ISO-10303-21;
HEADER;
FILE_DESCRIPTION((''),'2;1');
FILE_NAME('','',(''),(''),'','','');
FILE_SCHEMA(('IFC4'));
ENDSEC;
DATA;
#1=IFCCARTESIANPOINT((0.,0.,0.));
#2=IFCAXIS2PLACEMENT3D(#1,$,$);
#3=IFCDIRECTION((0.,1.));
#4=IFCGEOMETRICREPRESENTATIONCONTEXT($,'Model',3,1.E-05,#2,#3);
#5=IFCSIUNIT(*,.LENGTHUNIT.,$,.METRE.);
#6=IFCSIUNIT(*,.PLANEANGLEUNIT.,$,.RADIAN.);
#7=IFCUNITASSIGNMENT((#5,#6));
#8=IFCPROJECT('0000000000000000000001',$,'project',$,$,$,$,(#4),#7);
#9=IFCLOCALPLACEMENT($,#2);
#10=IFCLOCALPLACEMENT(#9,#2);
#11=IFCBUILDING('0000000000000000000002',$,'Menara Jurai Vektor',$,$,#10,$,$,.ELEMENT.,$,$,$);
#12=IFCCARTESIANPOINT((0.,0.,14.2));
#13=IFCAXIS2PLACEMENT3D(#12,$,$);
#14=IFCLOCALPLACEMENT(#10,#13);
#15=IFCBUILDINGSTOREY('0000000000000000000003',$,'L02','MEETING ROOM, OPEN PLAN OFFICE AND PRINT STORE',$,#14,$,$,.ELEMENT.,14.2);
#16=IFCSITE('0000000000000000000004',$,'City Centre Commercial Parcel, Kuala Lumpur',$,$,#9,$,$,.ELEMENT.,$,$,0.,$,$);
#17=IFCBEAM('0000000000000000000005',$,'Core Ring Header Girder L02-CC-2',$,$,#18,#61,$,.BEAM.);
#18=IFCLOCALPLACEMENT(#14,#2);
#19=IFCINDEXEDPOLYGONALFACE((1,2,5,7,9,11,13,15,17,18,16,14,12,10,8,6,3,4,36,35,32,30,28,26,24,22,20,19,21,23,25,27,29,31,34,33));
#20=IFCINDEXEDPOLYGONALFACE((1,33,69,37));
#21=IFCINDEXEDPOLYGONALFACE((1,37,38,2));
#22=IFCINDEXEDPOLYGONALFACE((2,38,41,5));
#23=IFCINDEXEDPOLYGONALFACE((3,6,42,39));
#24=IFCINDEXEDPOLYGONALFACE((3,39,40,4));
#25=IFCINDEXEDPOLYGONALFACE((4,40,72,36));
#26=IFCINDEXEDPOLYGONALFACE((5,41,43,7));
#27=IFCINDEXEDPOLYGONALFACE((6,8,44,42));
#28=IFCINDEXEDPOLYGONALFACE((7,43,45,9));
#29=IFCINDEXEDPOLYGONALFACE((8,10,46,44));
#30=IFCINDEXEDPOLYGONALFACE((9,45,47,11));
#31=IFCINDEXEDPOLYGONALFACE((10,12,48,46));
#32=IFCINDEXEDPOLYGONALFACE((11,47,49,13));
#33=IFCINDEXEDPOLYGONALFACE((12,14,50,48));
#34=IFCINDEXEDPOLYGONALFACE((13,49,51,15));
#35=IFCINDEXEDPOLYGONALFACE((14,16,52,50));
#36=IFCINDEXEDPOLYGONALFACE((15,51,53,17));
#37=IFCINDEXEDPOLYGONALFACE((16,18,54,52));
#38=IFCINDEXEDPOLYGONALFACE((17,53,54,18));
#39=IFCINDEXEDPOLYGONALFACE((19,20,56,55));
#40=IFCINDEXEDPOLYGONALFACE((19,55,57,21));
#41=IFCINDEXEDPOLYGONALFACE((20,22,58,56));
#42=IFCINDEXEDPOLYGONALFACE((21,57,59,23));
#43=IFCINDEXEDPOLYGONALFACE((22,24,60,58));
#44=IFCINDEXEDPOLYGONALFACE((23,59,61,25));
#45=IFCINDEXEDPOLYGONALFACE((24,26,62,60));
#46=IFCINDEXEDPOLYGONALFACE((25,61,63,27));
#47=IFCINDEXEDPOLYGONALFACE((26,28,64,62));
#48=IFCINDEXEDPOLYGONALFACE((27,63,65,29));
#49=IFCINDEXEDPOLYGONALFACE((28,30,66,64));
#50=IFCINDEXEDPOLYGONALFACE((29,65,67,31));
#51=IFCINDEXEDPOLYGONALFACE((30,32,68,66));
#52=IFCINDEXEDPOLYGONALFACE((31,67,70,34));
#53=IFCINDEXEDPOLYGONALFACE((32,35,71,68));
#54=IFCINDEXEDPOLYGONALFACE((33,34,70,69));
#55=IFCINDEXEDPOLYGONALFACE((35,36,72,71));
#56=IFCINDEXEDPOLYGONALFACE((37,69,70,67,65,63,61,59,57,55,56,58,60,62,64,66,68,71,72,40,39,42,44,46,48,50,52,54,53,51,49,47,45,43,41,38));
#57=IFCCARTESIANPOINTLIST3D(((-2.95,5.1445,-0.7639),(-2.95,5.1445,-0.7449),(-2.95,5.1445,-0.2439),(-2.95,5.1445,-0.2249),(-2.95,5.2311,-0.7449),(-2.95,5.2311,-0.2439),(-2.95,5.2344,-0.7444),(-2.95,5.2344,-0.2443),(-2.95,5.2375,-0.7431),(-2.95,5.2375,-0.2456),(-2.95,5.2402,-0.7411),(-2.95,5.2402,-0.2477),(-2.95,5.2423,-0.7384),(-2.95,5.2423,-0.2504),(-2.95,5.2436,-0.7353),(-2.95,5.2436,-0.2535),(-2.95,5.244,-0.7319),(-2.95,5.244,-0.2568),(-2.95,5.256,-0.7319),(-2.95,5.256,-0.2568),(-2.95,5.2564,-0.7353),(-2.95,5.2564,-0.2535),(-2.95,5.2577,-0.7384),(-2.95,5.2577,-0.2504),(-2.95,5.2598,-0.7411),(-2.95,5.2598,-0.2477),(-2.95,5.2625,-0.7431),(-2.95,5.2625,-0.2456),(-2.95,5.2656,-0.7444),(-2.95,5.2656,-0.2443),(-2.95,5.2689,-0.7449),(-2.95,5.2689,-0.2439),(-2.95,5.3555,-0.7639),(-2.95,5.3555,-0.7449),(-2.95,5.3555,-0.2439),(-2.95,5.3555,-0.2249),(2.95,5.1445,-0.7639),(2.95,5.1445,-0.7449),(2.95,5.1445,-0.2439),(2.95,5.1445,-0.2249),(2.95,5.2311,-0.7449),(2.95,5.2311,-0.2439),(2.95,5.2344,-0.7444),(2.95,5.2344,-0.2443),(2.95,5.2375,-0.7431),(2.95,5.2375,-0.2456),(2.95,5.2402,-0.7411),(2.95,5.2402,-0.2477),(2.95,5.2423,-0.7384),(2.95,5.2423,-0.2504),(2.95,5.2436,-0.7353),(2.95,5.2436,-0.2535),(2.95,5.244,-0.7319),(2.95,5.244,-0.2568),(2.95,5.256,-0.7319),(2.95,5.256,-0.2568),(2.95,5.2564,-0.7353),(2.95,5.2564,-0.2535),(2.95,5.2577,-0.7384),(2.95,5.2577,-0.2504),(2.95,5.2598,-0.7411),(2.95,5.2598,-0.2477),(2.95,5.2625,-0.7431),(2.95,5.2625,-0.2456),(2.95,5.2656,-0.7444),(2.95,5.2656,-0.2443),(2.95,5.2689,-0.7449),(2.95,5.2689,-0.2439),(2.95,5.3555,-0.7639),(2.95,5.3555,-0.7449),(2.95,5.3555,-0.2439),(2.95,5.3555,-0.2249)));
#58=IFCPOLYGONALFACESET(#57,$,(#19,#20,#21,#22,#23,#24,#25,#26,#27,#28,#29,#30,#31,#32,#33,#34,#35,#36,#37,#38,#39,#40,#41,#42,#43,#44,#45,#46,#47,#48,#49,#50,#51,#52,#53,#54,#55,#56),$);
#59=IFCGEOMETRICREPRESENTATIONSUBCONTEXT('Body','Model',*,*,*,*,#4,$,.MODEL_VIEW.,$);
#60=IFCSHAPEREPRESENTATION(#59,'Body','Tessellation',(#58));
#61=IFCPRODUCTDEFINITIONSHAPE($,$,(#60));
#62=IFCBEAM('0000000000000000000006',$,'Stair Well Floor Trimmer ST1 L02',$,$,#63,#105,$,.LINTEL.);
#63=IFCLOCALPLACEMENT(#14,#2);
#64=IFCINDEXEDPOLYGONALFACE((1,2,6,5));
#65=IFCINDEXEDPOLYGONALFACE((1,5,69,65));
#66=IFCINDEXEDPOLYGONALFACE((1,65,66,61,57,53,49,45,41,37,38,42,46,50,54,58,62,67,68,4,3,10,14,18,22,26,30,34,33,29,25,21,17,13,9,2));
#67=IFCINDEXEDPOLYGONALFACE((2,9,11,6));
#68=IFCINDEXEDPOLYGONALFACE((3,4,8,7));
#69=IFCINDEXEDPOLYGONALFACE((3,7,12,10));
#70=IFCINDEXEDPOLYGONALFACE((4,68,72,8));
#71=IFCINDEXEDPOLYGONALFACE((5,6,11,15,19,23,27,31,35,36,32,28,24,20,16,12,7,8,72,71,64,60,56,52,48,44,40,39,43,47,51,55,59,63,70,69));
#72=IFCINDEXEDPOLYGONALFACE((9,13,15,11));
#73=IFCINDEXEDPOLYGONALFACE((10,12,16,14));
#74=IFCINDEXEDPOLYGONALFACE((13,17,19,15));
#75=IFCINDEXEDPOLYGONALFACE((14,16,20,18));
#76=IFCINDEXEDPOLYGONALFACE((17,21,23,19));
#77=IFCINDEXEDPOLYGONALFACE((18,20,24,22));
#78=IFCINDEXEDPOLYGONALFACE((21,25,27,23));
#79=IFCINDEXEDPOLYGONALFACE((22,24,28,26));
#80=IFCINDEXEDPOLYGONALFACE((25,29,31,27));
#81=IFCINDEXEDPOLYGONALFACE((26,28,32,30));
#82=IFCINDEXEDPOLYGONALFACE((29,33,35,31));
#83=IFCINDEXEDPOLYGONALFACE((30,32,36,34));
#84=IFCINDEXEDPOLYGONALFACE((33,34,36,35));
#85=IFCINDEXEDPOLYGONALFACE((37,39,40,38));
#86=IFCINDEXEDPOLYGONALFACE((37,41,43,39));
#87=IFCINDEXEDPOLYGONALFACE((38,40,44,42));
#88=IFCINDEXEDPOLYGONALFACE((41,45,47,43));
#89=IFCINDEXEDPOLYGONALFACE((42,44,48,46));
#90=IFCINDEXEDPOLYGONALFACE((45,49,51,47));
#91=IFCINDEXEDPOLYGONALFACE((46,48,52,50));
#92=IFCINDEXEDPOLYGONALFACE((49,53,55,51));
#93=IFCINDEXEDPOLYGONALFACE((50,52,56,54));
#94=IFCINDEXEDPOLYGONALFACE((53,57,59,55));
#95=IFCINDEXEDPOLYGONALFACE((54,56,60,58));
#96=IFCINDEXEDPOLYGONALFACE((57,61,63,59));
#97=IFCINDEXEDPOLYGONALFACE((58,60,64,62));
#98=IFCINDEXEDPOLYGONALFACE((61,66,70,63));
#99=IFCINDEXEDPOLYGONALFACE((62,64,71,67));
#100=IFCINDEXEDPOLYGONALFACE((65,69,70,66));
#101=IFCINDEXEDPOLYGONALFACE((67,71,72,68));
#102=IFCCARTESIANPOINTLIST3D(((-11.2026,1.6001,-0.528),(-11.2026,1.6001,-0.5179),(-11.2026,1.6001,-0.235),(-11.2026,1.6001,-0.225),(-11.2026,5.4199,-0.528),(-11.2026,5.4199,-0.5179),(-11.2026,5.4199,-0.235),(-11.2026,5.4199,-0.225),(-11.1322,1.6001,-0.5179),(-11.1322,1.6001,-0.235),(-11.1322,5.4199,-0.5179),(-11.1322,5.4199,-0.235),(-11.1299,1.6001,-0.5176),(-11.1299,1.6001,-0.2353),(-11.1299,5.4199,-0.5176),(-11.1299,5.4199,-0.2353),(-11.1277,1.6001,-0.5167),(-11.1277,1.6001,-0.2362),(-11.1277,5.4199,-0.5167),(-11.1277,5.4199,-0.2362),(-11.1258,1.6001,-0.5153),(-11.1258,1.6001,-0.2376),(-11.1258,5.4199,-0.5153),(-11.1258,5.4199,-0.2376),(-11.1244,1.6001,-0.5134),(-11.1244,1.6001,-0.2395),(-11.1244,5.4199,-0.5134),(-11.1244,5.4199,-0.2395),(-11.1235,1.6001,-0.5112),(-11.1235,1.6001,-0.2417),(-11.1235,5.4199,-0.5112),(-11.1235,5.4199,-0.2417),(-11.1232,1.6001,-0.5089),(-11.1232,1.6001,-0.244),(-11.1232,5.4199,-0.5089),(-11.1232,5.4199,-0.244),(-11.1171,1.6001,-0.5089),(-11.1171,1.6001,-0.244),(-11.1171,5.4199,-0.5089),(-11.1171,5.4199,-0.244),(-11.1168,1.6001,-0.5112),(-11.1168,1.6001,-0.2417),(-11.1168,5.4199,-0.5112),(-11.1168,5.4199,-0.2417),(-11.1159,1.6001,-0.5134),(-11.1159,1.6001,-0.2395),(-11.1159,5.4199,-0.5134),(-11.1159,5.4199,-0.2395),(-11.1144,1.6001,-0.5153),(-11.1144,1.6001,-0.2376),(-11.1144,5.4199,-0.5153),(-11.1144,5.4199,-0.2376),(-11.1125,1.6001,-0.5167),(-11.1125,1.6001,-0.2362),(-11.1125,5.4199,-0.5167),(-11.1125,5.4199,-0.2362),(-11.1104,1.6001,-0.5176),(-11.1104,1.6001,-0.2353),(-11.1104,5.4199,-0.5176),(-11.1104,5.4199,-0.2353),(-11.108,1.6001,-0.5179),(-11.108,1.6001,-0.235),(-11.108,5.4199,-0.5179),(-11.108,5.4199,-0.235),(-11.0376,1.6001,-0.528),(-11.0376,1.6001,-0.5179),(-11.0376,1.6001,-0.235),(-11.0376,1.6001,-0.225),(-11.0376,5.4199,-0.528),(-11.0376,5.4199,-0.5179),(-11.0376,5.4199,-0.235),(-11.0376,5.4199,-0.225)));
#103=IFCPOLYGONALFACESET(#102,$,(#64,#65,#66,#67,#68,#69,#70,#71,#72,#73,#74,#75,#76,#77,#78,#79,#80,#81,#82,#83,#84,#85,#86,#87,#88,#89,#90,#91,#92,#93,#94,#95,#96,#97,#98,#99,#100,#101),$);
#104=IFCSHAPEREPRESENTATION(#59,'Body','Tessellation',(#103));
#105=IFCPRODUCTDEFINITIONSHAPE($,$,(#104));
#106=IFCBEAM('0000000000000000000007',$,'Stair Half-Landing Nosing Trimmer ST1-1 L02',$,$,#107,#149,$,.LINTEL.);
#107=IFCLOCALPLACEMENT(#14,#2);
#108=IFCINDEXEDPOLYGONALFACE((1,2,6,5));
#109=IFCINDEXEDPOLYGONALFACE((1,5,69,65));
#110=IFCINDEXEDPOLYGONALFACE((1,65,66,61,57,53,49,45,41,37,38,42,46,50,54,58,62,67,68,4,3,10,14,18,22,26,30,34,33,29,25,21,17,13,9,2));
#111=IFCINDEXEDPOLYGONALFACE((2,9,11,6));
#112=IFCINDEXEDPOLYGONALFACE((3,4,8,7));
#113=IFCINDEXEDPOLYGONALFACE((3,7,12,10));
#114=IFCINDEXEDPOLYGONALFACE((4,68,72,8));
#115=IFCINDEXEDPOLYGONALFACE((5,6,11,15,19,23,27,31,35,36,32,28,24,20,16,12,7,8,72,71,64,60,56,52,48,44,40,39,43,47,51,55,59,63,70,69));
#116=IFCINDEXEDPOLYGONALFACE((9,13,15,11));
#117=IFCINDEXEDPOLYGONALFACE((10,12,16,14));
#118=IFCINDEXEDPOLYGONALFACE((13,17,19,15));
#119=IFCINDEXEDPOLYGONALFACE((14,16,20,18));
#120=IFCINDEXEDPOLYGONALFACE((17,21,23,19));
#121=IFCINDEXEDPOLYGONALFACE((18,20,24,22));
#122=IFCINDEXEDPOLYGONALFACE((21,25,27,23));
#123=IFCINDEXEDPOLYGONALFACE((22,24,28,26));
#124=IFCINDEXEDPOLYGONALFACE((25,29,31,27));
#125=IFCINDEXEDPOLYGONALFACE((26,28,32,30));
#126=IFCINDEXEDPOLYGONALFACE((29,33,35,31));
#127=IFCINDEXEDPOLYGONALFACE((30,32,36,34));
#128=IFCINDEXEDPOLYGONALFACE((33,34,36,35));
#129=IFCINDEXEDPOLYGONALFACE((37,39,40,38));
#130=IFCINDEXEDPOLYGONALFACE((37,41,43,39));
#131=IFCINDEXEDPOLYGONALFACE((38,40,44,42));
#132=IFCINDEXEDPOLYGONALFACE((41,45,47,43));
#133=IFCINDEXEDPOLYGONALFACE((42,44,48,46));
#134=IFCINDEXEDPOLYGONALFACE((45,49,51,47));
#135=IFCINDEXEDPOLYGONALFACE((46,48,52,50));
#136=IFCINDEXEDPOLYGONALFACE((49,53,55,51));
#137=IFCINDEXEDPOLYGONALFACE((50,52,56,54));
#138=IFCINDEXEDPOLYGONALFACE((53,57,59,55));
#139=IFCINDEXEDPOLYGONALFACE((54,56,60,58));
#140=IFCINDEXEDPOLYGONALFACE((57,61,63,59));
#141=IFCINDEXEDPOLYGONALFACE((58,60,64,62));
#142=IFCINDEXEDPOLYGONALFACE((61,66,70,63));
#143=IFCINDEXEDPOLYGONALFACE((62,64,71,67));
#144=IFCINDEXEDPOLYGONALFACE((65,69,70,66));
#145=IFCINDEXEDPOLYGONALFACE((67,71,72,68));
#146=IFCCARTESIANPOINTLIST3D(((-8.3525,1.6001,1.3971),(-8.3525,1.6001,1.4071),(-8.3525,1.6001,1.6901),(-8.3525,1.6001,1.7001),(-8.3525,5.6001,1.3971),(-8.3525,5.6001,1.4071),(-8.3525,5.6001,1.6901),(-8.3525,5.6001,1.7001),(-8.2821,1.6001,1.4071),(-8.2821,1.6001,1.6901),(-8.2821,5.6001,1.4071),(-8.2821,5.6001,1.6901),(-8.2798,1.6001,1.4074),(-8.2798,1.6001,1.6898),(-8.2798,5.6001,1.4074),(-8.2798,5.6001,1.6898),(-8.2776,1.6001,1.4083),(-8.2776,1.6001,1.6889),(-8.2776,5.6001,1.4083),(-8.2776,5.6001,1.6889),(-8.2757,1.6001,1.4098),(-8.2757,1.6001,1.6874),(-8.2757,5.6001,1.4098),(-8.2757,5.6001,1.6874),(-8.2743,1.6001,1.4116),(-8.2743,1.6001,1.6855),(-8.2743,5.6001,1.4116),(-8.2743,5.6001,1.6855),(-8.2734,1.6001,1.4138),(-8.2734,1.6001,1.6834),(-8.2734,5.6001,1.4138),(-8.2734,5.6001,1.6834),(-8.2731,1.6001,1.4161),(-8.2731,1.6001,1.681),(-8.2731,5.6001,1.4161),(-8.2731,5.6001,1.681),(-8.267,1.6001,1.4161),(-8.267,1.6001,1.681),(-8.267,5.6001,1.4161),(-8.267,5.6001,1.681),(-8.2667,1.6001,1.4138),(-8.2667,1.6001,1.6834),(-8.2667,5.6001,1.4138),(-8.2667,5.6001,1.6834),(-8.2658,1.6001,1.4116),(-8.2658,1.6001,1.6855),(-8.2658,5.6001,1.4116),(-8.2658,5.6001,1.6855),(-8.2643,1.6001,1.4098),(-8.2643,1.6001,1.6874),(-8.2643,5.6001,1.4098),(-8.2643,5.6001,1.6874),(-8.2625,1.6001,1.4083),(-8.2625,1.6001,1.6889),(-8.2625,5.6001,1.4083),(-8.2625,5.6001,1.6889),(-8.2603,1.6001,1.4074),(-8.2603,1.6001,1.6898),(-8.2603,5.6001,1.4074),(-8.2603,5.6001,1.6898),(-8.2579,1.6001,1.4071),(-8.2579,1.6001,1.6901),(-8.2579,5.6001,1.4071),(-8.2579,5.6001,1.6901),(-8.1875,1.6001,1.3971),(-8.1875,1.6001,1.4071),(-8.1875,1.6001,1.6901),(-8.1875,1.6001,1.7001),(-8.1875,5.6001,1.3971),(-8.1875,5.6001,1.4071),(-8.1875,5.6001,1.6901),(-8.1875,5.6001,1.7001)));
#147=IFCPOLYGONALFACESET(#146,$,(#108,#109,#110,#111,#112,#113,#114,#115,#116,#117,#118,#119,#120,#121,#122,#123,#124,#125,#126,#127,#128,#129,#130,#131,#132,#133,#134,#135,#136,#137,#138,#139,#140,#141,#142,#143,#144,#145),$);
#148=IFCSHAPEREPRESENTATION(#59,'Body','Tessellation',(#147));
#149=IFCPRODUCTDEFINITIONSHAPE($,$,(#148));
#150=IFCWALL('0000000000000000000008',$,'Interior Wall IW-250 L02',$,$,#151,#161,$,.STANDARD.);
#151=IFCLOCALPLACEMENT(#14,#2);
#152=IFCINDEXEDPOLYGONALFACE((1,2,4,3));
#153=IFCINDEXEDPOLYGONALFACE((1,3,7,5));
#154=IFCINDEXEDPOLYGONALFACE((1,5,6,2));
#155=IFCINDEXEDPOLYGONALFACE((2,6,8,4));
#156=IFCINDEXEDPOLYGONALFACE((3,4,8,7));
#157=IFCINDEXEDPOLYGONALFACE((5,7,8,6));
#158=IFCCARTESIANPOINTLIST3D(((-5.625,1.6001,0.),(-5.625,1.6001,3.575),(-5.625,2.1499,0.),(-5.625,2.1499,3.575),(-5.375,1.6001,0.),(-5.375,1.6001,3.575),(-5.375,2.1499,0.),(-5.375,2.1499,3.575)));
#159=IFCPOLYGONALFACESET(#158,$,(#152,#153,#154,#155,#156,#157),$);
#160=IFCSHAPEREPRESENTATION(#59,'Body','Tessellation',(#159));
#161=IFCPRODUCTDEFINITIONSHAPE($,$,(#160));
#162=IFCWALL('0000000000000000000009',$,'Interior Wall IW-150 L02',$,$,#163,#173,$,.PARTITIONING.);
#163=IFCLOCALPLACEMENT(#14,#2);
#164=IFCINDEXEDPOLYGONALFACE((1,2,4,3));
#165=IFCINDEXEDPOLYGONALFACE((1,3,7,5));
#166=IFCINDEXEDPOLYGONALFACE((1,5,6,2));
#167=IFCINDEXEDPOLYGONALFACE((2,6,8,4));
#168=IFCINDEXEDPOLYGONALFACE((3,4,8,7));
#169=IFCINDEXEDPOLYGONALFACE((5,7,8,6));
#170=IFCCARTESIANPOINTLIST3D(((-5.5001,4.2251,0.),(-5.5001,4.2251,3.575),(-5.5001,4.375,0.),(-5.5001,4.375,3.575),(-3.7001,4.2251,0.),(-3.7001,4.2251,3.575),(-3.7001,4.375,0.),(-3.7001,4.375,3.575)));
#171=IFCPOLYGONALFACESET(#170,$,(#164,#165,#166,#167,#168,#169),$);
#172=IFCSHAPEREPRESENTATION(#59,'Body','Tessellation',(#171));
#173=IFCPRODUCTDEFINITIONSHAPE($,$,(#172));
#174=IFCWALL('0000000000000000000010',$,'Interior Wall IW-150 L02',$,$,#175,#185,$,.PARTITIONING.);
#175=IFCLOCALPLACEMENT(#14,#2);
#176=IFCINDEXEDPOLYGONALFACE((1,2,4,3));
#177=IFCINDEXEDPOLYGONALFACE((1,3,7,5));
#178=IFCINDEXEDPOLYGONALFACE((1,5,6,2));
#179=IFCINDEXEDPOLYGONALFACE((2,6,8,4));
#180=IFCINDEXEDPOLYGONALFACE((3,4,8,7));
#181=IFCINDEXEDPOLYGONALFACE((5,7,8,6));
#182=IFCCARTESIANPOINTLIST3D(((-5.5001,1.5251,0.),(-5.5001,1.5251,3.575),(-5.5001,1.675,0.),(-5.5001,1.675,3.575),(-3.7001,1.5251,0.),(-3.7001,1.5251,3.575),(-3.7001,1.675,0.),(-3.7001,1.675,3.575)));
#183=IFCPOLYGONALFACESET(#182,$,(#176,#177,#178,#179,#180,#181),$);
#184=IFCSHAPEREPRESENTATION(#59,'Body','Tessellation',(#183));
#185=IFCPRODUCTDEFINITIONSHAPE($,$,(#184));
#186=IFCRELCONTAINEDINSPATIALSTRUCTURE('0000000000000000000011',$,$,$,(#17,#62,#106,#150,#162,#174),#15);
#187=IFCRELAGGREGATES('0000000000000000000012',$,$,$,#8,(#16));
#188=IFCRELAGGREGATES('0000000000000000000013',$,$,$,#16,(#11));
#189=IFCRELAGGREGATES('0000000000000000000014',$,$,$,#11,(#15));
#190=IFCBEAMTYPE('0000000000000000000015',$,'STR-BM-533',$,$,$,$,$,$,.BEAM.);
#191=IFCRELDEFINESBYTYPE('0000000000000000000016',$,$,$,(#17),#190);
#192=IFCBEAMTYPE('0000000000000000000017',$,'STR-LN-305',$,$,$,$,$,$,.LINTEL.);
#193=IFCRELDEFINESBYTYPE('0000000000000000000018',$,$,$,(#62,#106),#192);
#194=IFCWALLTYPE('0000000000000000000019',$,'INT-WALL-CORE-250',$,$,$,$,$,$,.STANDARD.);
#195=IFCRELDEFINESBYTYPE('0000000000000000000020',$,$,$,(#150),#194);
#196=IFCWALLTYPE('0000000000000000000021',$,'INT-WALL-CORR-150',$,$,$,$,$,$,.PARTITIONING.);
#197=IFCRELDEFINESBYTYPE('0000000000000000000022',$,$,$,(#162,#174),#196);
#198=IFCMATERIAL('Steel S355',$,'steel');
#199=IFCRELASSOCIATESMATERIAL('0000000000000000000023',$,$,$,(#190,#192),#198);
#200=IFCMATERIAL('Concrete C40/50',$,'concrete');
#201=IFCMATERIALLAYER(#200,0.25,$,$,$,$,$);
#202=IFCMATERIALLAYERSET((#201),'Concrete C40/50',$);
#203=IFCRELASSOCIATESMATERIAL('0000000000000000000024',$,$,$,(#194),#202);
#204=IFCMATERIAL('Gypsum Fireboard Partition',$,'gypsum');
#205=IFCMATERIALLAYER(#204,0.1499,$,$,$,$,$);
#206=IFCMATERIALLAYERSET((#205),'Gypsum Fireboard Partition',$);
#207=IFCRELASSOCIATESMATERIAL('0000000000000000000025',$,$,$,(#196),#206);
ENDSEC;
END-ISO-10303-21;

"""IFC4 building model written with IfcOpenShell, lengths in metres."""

from ifc_helpers import new_model, si_unit, direction, frame, frame_2d, origin, origin_2d, place, context, subcontext, project, spatial, rectangle, i_section, extrude, material, layer, layer_set, material_profile, profile_set, type_object, element, save


model = new_model("IFC4")

# Units and contexts
model_context = context("Model", 3, precision=1e-05, world=origin(), true_north=direction((0.0, 1.0)))
body_context = subcontext(model_context, "Body", "Model", "MODEL_VIEW")
ifc_project = project(units=[si_unit("LENGTHUNIT", "METRE"), si_unit("PLANEANGLEUNIT", "RADIAN")], contexts=[model_context])

# Site, building, storey
site_placement = place(None, origin())
site = spatial("IfcSite", under=ifc_project, at=site_placement, Name="City Centre Commercial Parcel, Kuala Lumpur", CompositionType="ELEMENT", RefElevation=0.0)
building_placement = place(site_placement, origin())
building = spatial("IfcBuilding", under=site, at=building_placement, Name="Menara Jurai Vektor", CompositionType="ELEMENT")
storey_placement = place(building_placement, frame((0.0, 0.0, 14.2)))
storey = spatial("IfcBuildingStorey", under=building, at=storey_placement, Name="L02", Description="MEETING ROOM, OPEN PLAN OFFICE AND PRINT STORE", CompositionType="ELEMENT", Elevation=14.2)

# Shared definitions
ifc_material_1 = material(Name="Steel S355", Category="steel")

# Beams
ifc_material_profile_1 = material_profile(ifc_material_1, i_section(OverallWidth=0.2109, OverallDepth=0.5391, WebThickness=0.012, FlangeThickness=0.019, FilletRadius=0.0129, at=origin_2d()), Name="UKB 533x210x109")
ifc_profile_set_1 = profile_set([ifc_material_profile_1], Name="Steel S355")
beam_type_1 = type_object("IfcBeamType", Name="STR-BM-533", PredefinedType="BEAM", material=ifc_profile_set_1)
beam_1_placement = place(storey_placement, frame((-2.95, 5.25, -0.4944), z_axis=(1.0, 0.0, 0.0), x_axis=(0.0, 1.0, 0.0)))
element("IfcBeam", 1, at=beam_1_placement, inside=storey, type_object=beam_type_1, Name="Core Ring Header Girder L02-CC-2", PredefinedType="BEAM", context=body_context, shape_type="SweptSolid", body=[
    extrude(i_section(OverallWidth=0.2109, OverallDepth=0.5391, WebThickness=0.012, FlangeThickness=0.019, FilletRadius=0.0129, at=origin_2d()), origin(), (0.0, 0.0, 1.0), 5.8999),
])
ifc_material_profile_2 = material_profile(ifc_material_1, i_section(OverallWidth=0.165, OverallDepth=0.303, WebThickness=0.0061, FlangeThickness=0.01, FilletRadius=0.009, at=origin_2d()), Name="UKB 305x165x40")
ifc_profile_set_2 = profile_set([ifc_material_profile_2], Name="Steel S355")
beam_type_2 = type_object("IfcBeamType", Name="STR-LN-305", PredefinedType="LINTEL", material=ifc_profile_set_2)
beam_2_placement = place(storey_placement, frame((-11.1201, 1.6001, -0.3765), z_axis=(0.0, 1.0, 0.0), x_axis=(-1.0, 0.0, 0.0)))
element("IfcBeam", 2, at=beam_2_placement, inside=storey, type_object=beam_type_2, Name="Stair Well Floor Trimmer ST1 L02", PredefinedType="LINTEL", context=body_context, shape_type="SweptSolid", body=[
    extrude(i_section(OverallWidth=0.165, OverallDepth=0.303, WebThickness=0.0061, FlangeThickness=0.01, FilletRadius=0.009, at=origin_2d()), origin(), (0.0, 0.0, 1.0), 3.8198),
])
beam_3_placement = place(storey_placement, frame((-8.27, 1.6001, 1.5486), z_axis=(0.0, 1.0, 0.0), x_axis=(-1.0, 0.0, 0.0)))
element("IfcBeam", 3, at=beam_3_placement, inside=storey, type_object=beam_type_2, Name="Stair Half-Landing Nosing Trimmer ST1-1 L02", PredefinedType="LINTEL", context=body_context, shape_type="SweptSolid", body=[
    extrude(i_section(OverallWidth=0.165, OverallDepth=0.303, WebThickness=0.0061, FlangeThickness=0.01, FilletRadius=0.009, at=origin_2d()), origin(), (0.0, 0.0, 1.0), 4.0),
])

# Shared definitions
ifc_material_2 = material(Name="Concrete C40/50", Category="concrete")
ifc_layer_1 = layer(ifc_material_2, 0.25)
ifc_layer_set_1 = layer_set([ifc_layer_1], Name="Concrete C40/50")
wall_type_1 = type_object("IfcWallType", Name="INT-WALL-CORE-250", PredefinedType="STANDARD", material=ifc_layer_set_1)

# Walls
wall_1_placement = place(storey_placement, frame((-5.5, 1.6001, 0.0), z_axis=(0.0, 0.0, 1.0), x_axis=(0.0, 1.0, 0.0)))
element("IfcWall", 4, at=wall_1_placement, inside=storey, type_object=wall_type_1, Name="Interior Wall IW-250 L02", PredefinedType="STANDARD", context=body_context, shape_type="SweptSolid", body=[
    extrude(rectangle(XDim=0.5498, YDim=0.25, at=frame_2d((0.2749, 0.0))), origin(), (0.0, 0.0, 1.0), 3.575),
])
ifc_material_3 = material(Name="Gypsum Fireboard Partition", Category="gypsum")
ifc_layer_2 = layer(ifc_material_3, 0.1499)
ifc_layer_set_2 = layer_set([ifc_layer_2], Name="Gypsum Fireboard Partition")
wall_type_2 = type_object("IfcWallType", Name="INT-WALL-CORR-150", PredefinedType="PARTITIONING", material=ifc_layer_set_2)
for number, where, z_axis, x_axis, name in (
    (5, (-5.5, 4.3, 0.0), (0.0, 0.0, 1.0), (1.0, 0.0, 0.0), "Interior Wall IW-150 L02"),
    (6, (-5.5, 1.6001, 0.0), (0.0, 0.0, 1.0), (1.0, 0.0, 0.0), "Interior Wall IW-150 L02"),
):
    element("IfcWall", number, at=place(storey_placement, frame(where, z_axis=z_axis, x_axis=x_axis)), inside=storey, type_object=wall_type_2, Name=name, PredefinedType="PARTITIONING", context=body_context, shape_type="SweptSolid", body=[
        extrude(rectangle(XDim=1.8, YDim=0.1499, at=frame_2d((0.8999, 0.0))), origin(), (0.0, 0.0, 1.0), 3.575),
    ])

save(model, "model.ifc")
